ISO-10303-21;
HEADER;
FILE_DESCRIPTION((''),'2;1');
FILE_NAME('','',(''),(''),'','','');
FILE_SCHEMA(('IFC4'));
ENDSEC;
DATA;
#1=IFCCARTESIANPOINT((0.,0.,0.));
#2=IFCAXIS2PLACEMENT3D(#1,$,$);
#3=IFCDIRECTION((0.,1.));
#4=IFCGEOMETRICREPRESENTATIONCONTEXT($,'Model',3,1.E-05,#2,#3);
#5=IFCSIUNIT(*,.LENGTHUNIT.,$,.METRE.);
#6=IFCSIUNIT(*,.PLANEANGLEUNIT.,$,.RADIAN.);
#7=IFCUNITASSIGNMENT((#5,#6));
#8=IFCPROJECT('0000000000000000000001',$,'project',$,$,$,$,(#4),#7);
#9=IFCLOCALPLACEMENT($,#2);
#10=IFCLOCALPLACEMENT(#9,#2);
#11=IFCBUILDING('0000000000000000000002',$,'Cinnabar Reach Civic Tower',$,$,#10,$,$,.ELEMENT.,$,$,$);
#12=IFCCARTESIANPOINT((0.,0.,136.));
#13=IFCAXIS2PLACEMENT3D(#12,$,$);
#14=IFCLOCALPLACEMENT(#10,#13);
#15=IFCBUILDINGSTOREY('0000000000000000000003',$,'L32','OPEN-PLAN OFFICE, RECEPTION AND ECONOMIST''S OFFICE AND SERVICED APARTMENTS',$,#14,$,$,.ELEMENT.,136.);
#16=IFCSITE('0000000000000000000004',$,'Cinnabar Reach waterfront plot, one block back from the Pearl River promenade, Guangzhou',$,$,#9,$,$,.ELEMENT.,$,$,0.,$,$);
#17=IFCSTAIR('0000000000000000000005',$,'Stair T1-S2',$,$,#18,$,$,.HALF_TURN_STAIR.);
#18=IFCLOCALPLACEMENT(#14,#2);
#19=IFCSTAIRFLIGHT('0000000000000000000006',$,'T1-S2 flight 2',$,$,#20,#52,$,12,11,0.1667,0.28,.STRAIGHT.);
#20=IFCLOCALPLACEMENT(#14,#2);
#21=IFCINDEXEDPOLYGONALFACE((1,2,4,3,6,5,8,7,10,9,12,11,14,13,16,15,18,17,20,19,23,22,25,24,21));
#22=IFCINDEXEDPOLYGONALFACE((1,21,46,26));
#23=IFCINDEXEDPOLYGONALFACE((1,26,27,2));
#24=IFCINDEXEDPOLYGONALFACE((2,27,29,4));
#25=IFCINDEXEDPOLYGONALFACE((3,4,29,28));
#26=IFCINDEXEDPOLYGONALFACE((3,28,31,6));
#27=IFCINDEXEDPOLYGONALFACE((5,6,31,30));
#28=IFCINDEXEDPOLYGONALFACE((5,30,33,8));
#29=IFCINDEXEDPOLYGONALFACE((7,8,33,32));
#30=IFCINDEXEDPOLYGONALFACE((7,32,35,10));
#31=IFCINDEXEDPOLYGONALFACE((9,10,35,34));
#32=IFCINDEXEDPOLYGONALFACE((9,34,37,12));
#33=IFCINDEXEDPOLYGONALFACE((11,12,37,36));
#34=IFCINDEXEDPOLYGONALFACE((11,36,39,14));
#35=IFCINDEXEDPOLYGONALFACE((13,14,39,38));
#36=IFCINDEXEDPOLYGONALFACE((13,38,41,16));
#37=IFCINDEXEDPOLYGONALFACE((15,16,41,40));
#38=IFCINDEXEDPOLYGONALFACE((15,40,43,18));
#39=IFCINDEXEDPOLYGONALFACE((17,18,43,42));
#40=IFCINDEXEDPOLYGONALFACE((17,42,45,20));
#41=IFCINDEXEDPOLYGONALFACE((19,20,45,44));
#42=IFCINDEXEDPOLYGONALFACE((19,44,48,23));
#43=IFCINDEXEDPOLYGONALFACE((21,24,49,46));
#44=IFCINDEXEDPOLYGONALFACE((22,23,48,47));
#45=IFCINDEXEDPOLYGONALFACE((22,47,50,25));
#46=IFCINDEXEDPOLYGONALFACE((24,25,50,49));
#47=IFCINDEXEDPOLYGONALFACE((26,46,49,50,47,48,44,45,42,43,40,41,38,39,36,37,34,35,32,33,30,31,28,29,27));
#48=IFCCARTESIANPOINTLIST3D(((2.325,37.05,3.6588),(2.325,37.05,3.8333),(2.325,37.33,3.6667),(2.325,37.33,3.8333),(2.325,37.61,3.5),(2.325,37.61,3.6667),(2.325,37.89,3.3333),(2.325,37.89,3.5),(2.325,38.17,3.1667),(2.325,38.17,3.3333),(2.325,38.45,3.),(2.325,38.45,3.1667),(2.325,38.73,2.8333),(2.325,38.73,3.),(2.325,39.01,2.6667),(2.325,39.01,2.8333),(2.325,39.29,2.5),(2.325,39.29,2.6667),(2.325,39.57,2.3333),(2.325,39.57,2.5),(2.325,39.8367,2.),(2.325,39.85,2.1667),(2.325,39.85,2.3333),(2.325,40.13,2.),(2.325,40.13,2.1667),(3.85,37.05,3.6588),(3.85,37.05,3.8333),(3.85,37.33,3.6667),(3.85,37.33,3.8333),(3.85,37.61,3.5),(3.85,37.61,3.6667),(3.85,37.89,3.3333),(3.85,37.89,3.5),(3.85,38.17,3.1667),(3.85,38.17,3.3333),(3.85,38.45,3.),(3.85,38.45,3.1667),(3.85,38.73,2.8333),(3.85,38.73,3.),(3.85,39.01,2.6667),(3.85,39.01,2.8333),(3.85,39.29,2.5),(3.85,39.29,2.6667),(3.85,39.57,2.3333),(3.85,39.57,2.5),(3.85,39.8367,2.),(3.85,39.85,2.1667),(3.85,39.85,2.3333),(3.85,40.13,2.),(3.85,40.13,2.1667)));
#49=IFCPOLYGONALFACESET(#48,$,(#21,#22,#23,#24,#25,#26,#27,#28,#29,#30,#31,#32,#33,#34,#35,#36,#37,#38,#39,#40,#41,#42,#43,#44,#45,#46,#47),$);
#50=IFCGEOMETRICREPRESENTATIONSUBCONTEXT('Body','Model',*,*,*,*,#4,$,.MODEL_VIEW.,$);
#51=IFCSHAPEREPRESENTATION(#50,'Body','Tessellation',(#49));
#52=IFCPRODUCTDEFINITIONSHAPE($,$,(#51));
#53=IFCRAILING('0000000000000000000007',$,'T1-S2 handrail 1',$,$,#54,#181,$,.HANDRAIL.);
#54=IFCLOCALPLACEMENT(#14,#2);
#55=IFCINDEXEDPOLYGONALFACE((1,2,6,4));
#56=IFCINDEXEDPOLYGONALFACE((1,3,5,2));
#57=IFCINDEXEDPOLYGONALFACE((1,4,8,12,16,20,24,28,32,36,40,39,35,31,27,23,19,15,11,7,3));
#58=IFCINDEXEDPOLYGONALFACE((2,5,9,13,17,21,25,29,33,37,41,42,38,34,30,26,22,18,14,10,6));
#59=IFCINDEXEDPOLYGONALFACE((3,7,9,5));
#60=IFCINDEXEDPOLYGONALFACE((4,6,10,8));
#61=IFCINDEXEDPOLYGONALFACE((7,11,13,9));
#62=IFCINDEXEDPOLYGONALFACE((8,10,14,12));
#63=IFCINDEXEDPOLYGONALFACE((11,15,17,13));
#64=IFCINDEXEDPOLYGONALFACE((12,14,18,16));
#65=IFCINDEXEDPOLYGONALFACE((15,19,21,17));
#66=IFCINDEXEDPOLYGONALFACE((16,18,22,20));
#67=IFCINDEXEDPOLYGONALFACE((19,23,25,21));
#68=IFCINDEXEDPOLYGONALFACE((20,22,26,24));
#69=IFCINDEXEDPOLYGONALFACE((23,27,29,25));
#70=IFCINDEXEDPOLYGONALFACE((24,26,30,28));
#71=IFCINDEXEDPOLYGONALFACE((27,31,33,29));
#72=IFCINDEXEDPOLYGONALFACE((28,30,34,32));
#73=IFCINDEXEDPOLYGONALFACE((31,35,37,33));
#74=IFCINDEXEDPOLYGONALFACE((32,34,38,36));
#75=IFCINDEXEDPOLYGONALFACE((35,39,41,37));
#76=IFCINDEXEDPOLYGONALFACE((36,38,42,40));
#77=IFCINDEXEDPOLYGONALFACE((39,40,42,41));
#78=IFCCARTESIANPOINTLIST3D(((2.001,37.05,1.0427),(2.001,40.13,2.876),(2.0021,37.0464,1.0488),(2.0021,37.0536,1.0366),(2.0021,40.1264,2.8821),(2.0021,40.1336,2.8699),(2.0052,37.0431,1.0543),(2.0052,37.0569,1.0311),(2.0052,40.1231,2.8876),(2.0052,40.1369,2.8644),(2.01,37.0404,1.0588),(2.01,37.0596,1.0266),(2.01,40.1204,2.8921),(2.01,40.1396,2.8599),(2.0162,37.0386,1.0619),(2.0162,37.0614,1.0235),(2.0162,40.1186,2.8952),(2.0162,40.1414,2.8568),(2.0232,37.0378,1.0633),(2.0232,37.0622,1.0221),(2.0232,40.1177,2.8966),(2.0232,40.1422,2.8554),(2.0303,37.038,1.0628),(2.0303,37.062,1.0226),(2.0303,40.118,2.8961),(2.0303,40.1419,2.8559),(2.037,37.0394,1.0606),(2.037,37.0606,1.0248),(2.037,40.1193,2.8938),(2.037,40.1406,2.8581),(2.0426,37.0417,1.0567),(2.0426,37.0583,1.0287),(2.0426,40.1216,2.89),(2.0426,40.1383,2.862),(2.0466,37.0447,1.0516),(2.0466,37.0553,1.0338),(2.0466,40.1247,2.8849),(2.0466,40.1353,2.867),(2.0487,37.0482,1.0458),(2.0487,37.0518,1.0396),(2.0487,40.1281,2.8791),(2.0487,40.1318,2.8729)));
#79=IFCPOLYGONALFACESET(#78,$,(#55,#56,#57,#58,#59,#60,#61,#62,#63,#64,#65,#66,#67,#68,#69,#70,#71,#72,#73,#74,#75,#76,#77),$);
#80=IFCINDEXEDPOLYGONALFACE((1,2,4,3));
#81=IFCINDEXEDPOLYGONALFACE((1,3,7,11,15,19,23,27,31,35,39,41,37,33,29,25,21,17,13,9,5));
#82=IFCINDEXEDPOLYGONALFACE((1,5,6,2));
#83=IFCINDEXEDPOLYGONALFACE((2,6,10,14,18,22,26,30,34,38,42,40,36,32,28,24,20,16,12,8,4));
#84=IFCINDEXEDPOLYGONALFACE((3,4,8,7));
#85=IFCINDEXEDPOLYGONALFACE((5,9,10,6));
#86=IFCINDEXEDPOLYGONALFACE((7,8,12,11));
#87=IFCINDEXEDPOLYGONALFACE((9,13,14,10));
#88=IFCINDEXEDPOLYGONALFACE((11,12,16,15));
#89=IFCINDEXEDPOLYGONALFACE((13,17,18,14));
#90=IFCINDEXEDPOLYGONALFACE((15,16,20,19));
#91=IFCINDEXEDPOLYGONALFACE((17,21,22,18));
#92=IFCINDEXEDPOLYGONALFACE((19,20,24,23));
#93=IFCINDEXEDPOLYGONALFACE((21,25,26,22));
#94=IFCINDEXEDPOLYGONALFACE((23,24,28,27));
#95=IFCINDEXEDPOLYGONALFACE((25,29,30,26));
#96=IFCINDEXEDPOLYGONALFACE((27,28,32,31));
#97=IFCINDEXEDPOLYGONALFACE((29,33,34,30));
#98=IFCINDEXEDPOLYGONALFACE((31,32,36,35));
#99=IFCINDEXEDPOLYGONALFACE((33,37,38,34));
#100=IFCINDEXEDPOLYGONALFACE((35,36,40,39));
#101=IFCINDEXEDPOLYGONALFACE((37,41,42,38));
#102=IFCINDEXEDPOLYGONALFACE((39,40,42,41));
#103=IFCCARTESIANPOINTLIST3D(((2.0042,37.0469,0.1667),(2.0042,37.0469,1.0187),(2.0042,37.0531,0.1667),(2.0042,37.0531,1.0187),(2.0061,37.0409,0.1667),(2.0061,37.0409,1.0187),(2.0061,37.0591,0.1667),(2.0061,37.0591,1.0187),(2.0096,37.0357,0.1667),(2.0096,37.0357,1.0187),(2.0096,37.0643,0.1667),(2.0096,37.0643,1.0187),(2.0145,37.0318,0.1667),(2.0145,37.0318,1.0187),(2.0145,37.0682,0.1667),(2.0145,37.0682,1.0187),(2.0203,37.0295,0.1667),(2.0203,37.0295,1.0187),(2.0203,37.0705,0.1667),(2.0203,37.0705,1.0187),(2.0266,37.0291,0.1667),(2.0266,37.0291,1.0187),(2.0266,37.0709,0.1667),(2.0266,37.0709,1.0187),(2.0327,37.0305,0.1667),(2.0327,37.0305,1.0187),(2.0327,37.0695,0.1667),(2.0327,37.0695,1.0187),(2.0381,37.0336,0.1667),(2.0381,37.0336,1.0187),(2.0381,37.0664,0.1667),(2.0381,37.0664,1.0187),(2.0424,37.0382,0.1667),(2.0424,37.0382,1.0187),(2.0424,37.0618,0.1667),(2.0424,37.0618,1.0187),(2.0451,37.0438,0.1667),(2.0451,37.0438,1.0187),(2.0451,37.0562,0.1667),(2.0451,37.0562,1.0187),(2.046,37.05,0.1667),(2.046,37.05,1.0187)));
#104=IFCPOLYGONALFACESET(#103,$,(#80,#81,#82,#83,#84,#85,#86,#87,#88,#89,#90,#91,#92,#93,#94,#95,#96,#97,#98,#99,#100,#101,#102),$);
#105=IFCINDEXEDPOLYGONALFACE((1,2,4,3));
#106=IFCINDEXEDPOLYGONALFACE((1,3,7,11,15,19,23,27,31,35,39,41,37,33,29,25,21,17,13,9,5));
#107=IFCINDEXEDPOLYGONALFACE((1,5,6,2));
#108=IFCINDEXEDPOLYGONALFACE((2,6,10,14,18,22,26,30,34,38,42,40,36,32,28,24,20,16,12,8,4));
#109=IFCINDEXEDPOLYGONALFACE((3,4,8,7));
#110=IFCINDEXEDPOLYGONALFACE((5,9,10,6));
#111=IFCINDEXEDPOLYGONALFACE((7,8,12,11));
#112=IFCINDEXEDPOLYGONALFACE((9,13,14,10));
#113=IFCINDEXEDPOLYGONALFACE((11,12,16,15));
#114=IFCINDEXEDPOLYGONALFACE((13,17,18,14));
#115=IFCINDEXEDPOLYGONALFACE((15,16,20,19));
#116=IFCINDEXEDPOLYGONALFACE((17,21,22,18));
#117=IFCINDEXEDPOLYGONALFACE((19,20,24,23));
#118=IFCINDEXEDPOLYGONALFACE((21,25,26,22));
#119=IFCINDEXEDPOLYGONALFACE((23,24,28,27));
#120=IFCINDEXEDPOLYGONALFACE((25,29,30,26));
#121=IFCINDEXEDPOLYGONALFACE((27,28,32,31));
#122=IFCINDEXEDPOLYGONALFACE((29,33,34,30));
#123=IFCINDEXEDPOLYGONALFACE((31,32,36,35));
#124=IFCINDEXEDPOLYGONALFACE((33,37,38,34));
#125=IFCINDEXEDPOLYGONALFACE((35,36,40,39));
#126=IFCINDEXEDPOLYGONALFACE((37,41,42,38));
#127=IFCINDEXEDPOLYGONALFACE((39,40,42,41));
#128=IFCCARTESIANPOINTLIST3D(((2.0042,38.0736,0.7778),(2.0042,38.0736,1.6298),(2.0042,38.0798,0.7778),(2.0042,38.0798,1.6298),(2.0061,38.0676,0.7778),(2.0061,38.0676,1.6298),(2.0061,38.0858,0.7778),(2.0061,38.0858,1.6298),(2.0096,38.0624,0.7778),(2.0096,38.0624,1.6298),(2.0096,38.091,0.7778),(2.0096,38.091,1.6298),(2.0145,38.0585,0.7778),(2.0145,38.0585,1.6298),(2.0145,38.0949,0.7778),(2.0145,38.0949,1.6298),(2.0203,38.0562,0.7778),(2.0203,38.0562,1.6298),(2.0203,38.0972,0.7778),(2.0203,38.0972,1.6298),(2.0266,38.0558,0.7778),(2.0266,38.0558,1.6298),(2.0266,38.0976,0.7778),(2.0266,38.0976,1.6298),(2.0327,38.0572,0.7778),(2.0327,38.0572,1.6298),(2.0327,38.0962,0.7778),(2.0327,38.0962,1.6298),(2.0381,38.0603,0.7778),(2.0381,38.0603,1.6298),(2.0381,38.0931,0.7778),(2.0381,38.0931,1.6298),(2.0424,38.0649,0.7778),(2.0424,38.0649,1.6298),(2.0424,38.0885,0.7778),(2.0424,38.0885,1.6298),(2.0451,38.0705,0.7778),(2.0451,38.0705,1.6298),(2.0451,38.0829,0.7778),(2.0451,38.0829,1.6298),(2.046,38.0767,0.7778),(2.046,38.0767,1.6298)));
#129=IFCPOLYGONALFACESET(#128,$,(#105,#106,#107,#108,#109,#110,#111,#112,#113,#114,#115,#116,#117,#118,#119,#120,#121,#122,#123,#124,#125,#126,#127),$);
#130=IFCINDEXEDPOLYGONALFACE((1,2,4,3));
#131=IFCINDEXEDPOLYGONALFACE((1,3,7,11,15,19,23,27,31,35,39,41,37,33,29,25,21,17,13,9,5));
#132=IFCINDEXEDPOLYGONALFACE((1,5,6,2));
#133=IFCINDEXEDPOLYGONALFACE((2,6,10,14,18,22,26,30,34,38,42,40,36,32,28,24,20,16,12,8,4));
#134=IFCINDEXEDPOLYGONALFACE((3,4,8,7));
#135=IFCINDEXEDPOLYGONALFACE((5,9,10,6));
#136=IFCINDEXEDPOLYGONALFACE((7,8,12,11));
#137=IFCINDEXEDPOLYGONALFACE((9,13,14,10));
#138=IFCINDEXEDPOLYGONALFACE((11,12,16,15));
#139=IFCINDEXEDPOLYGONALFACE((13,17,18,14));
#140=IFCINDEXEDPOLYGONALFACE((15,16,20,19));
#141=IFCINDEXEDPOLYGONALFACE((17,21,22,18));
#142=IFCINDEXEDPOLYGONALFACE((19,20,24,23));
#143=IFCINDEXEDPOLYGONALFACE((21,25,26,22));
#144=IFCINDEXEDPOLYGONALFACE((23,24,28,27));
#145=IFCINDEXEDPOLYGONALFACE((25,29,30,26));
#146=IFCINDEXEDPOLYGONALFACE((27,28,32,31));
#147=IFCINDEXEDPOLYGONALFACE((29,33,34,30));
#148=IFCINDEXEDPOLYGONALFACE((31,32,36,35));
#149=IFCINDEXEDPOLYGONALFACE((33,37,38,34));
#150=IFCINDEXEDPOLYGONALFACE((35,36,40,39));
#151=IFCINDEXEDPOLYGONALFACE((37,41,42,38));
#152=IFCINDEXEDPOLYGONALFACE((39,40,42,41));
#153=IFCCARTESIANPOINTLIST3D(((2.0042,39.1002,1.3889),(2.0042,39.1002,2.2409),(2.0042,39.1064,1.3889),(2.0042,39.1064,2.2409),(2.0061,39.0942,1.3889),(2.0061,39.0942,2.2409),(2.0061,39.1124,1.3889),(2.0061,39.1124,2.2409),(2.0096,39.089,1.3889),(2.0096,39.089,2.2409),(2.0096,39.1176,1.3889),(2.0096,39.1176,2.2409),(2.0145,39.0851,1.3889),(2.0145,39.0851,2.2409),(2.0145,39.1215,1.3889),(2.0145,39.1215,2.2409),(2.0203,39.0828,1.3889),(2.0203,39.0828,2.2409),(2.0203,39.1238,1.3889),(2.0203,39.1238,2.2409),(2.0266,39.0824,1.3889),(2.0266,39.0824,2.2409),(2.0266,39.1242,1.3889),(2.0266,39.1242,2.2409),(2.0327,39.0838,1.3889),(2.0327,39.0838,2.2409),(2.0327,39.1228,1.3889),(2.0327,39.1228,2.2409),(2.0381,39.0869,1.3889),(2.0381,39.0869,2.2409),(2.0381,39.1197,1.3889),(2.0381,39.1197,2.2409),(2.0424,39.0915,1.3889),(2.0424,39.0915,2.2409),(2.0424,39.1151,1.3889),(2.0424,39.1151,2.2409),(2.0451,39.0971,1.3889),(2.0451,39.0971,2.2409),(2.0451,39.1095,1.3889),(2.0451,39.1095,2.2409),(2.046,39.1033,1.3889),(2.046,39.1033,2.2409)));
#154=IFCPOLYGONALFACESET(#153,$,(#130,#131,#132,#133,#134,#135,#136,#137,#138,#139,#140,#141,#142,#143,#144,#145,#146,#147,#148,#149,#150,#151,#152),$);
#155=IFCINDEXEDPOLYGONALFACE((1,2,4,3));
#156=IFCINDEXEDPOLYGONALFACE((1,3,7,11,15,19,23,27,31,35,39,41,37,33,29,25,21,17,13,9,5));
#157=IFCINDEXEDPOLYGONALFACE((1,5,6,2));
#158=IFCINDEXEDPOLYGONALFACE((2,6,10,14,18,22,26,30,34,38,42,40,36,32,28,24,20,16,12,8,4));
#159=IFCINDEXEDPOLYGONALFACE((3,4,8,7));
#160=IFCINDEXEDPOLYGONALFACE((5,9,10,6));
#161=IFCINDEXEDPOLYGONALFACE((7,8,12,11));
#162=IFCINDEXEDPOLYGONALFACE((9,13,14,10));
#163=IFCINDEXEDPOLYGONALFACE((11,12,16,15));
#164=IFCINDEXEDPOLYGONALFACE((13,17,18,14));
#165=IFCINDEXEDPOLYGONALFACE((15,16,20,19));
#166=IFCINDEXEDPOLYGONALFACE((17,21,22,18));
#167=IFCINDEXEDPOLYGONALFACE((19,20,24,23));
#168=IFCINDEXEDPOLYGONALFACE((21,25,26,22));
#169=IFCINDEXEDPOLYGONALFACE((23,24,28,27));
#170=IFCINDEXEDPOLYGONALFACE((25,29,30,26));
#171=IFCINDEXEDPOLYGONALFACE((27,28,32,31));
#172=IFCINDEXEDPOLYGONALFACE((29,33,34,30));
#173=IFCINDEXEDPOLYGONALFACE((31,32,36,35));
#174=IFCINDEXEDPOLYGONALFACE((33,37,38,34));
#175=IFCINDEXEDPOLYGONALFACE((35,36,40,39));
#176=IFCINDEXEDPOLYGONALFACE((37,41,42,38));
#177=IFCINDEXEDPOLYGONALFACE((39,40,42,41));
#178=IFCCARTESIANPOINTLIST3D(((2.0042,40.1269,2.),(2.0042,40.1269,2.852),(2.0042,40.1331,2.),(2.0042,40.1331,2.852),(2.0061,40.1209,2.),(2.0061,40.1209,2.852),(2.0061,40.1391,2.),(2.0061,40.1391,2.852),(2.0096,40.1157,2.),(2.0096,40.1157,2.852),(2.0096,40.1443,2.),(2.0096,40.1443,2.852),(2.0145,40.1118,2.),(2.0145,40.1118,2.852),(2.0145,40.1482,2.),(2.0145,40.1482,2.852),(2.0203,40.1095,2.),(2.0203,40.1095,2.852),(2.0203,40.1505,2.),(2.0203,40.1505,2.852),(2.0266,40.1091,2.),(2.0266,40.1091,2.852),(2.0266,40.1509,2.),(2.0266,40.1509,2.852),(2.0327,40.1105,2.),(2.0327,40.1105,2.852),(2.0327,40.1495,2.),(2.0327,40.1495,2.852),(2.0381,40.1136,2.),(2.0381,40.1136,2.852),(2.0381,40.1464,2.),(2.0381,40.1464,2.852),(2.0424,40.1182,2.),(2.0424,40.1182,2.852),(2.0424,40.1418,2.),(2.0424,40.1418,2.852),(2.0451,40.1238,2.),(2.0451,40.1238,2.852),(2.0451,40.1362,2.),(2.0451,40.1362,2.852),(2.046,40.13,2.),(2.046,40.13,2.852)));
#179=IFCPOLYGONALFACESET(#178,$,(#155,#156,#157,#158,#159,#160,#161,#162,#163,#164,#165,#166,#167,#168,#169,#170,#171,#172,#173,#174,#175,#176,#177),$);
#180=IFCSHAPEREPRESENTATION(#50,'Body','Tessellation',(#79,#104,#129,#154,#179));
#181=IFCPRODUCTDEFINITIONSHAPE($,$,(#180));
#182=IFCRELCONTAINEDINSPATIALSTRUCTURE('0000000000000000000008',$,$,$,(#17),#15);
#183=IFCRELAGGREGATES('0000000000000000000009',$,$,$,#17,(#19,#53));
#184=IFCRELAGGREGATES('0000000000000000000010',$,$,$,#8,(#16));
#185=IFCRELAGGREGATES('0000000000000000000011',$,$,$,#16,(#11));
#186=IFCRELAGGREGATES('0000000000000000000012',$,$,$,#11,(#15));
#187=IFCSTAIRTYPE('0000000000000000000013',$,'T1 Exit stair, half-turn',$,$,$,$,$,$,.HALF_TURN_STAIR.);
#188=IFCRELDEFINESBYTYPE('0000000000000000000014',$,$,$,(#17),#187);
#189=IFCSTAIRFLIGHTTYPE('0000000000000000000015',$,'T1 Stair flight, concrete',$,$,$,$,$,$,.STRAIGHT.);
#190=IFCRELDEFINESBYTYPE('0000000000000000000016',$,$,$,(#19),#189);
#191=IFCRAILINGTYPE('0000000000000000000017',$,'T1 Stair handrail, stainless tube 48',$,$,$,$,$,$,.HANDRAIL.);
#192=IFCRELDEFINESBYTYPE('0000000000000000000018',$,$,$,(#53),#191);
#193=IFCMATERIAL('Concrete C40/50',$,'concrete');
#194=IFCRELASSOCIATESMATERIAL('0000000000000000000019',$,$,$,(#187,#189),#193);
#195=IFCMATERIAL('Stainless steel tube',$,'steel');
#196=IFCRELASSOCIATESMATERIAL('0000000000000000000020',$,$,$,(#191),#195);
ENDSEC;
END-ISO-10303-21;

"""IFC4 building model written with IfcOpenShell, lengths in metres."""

from ifc_helpers import new_model, si_unit, direction, frame, origin, origin_2d, place, context, subcontext, project, spatial, polyline, circle, outline, extrude, material, type_object, element, aggregate, save


model = new_model("IFC4")

# Units and contexts
model_context = context("Model", 3, precision=1e-05, world=origin(), true_north=direction((0.0, 1.0)))
body_context = subcontext(model_context, "Body", "Model", "MODEL_VIEW")
ifc_project = project(units=[si_unit("LENGTHUNIT", "METRE"), si_unit("PLANEANGLEUNIT", "RADIAN")], contexts=[model_context])

# Site, building, storey
site_placement = place(None, origin())
site = spatial("IfcSite", under=ifc_project, at=site_placement, Name="Cinnabar Reach waterfront plot, one block back from the Pearl River promenade, Guangzhou", CompositionType="ELEMENT", RefElevation=0.0)
building_placement = place(site_placement, origin())
building = spatial("IfcBuilding", under=site, at=building_placement, Name="Cinnabar Reach Civic Tower", CompositionType="ELEMENT")
storey_placement = place(building_placement, frame((0.0, 0.0, 136.0)))
storey = spatial("IfcBuildingStorey", under=building, at=storey_placement, Name="L32", Description="OPEN-PLAN OFFICE, RECEPTION AND ECONOMIST'S OFFICE AND SERVICED APARTMENTS", CompositionType="ELEMENT", Elevation=136.0)

# Stair, stair flight, railing
ifc_material_1 = material(Name="Concrete C40/50", Category="concrete")
stair_type = type_object("IfcStairType", Name="T1 Exit stair, half-turn", PredefinedType="HALF_TURN_STAIR", material=ifc_material_1)
stair_placement = place(storey_placement, origin())
stair = element("IfcStair", 1, at=stair_placement, inside=storey, type_object=stair_type, Name="Stair T1-S2", PredefinedType="HALF_TURN_STAIR")
stair_flight_type = type_object("IfcStairFlightType", Name="T1 Stair flight, concrete", PredefinedType="STRAIGHT", material=ifc_material_1)
stair_flight_1_placement = place(storey_placement, frame((3.0875, 40.13, 2.0), z_axis=(0.0, 0.0, 1.0), x_axis=(0.0, -1.0, 0.0)))
stair_flight_1 = element("IfcStairFlight", 2, at=stair_flight_1_placement, type_object=stair_flight_type, Name="T1-S2 flight 2", NumberOfRisers=12, NumberOfTreads=11, PredefinedType="STRAIGHT", RiserHeight=0.1667, TreadLength=0.28, context=body_context, shape_type="SweptSolid", body=[
    extrude(outline(polyline([(0.0, 0.0), (0.0, 0.1667), (0.28, 0.1667), (0.28, 0.3333), (0.56, 0.3333), (0.56, 0.5), (0.84, 0.5), (0.84, 0.6667), (1.12, 0.6667), (1.12, 0.8333), (1.4, 0.8333), (1.4, 1.0), (1.68, 1.0), (1.68, 1.1667), (1.96, 1.1667), (1.96, 1.3333), (2.24, 1.3333), (2.24, 1.5), (2.52, 1.5), (2.52, 1.6667), (2.8, 1.6667), (2.8, 1.8333), (3.08, 1.8333), (3.08, 2.0), (3.08, 1.6588), (0.2933, 0.0), (0.0, 0.0)])), frame((0.0, 0.7625, 0.0), z_axis=(0.0, -1.0, 0.0), x_axis=(1.0, 0.0, 0.0)), (0.0, 0.0, 1.0), 1.525),
])
ifc_material_2 = material(Name="Stainless steel tube", Category="steel")
railing_type = type_object("IfcRailingType", Name="T1 Stair handrail, stainless tube 48", PredefinedType="HANDRAIL", material=ifc_material_2)
railing_1_placement = place(storey_placement, frame((2.025, 37.05, 0.1667)))
railing_1 = element("IfcRailing", 3, at=railing_1_placement, type_object=railing_type, Name="T1-S2 handrail 1", PredefinedType="HANDRAIL", context=body_context, shape_type="SweptSolid", body=[
    extrude(circle(Radius=0.024, at=origin_2d()), frame((0.0, 0.0, 0.876), z_axis=(0.0, 0.859297, 0.511477), x_axis=(-1.0, 0.0, 0.0)), (0.0, 0.0, 1.0), 3.5843),
    extrude(circle(Radius=0.021, at=origin_2d()), origin(), (0.0, 0.0, 1.0), 0.852),
    extrude(circle(Radius=0.021, at=origin_2d()), frame((0.0, 1.0267, 0.6111)), (0.0, 0.0, 1.0), 0.852),
    extrude(circle(Radius=0.021, at=origin_2d()), frame((0.0, 2.0533, 1.2222)), (0.0, 0.0, 1.0), 0.852),
    extrude(circle(Radius=0.021, at=origin_2d()), frame((0.0, 3.08, 1.8333)), (0.0, 0.0, 1.0), 0.852),
])
aggregate(stair, [stair_flight_1, railing_1])

save(model, "model.ifc")
